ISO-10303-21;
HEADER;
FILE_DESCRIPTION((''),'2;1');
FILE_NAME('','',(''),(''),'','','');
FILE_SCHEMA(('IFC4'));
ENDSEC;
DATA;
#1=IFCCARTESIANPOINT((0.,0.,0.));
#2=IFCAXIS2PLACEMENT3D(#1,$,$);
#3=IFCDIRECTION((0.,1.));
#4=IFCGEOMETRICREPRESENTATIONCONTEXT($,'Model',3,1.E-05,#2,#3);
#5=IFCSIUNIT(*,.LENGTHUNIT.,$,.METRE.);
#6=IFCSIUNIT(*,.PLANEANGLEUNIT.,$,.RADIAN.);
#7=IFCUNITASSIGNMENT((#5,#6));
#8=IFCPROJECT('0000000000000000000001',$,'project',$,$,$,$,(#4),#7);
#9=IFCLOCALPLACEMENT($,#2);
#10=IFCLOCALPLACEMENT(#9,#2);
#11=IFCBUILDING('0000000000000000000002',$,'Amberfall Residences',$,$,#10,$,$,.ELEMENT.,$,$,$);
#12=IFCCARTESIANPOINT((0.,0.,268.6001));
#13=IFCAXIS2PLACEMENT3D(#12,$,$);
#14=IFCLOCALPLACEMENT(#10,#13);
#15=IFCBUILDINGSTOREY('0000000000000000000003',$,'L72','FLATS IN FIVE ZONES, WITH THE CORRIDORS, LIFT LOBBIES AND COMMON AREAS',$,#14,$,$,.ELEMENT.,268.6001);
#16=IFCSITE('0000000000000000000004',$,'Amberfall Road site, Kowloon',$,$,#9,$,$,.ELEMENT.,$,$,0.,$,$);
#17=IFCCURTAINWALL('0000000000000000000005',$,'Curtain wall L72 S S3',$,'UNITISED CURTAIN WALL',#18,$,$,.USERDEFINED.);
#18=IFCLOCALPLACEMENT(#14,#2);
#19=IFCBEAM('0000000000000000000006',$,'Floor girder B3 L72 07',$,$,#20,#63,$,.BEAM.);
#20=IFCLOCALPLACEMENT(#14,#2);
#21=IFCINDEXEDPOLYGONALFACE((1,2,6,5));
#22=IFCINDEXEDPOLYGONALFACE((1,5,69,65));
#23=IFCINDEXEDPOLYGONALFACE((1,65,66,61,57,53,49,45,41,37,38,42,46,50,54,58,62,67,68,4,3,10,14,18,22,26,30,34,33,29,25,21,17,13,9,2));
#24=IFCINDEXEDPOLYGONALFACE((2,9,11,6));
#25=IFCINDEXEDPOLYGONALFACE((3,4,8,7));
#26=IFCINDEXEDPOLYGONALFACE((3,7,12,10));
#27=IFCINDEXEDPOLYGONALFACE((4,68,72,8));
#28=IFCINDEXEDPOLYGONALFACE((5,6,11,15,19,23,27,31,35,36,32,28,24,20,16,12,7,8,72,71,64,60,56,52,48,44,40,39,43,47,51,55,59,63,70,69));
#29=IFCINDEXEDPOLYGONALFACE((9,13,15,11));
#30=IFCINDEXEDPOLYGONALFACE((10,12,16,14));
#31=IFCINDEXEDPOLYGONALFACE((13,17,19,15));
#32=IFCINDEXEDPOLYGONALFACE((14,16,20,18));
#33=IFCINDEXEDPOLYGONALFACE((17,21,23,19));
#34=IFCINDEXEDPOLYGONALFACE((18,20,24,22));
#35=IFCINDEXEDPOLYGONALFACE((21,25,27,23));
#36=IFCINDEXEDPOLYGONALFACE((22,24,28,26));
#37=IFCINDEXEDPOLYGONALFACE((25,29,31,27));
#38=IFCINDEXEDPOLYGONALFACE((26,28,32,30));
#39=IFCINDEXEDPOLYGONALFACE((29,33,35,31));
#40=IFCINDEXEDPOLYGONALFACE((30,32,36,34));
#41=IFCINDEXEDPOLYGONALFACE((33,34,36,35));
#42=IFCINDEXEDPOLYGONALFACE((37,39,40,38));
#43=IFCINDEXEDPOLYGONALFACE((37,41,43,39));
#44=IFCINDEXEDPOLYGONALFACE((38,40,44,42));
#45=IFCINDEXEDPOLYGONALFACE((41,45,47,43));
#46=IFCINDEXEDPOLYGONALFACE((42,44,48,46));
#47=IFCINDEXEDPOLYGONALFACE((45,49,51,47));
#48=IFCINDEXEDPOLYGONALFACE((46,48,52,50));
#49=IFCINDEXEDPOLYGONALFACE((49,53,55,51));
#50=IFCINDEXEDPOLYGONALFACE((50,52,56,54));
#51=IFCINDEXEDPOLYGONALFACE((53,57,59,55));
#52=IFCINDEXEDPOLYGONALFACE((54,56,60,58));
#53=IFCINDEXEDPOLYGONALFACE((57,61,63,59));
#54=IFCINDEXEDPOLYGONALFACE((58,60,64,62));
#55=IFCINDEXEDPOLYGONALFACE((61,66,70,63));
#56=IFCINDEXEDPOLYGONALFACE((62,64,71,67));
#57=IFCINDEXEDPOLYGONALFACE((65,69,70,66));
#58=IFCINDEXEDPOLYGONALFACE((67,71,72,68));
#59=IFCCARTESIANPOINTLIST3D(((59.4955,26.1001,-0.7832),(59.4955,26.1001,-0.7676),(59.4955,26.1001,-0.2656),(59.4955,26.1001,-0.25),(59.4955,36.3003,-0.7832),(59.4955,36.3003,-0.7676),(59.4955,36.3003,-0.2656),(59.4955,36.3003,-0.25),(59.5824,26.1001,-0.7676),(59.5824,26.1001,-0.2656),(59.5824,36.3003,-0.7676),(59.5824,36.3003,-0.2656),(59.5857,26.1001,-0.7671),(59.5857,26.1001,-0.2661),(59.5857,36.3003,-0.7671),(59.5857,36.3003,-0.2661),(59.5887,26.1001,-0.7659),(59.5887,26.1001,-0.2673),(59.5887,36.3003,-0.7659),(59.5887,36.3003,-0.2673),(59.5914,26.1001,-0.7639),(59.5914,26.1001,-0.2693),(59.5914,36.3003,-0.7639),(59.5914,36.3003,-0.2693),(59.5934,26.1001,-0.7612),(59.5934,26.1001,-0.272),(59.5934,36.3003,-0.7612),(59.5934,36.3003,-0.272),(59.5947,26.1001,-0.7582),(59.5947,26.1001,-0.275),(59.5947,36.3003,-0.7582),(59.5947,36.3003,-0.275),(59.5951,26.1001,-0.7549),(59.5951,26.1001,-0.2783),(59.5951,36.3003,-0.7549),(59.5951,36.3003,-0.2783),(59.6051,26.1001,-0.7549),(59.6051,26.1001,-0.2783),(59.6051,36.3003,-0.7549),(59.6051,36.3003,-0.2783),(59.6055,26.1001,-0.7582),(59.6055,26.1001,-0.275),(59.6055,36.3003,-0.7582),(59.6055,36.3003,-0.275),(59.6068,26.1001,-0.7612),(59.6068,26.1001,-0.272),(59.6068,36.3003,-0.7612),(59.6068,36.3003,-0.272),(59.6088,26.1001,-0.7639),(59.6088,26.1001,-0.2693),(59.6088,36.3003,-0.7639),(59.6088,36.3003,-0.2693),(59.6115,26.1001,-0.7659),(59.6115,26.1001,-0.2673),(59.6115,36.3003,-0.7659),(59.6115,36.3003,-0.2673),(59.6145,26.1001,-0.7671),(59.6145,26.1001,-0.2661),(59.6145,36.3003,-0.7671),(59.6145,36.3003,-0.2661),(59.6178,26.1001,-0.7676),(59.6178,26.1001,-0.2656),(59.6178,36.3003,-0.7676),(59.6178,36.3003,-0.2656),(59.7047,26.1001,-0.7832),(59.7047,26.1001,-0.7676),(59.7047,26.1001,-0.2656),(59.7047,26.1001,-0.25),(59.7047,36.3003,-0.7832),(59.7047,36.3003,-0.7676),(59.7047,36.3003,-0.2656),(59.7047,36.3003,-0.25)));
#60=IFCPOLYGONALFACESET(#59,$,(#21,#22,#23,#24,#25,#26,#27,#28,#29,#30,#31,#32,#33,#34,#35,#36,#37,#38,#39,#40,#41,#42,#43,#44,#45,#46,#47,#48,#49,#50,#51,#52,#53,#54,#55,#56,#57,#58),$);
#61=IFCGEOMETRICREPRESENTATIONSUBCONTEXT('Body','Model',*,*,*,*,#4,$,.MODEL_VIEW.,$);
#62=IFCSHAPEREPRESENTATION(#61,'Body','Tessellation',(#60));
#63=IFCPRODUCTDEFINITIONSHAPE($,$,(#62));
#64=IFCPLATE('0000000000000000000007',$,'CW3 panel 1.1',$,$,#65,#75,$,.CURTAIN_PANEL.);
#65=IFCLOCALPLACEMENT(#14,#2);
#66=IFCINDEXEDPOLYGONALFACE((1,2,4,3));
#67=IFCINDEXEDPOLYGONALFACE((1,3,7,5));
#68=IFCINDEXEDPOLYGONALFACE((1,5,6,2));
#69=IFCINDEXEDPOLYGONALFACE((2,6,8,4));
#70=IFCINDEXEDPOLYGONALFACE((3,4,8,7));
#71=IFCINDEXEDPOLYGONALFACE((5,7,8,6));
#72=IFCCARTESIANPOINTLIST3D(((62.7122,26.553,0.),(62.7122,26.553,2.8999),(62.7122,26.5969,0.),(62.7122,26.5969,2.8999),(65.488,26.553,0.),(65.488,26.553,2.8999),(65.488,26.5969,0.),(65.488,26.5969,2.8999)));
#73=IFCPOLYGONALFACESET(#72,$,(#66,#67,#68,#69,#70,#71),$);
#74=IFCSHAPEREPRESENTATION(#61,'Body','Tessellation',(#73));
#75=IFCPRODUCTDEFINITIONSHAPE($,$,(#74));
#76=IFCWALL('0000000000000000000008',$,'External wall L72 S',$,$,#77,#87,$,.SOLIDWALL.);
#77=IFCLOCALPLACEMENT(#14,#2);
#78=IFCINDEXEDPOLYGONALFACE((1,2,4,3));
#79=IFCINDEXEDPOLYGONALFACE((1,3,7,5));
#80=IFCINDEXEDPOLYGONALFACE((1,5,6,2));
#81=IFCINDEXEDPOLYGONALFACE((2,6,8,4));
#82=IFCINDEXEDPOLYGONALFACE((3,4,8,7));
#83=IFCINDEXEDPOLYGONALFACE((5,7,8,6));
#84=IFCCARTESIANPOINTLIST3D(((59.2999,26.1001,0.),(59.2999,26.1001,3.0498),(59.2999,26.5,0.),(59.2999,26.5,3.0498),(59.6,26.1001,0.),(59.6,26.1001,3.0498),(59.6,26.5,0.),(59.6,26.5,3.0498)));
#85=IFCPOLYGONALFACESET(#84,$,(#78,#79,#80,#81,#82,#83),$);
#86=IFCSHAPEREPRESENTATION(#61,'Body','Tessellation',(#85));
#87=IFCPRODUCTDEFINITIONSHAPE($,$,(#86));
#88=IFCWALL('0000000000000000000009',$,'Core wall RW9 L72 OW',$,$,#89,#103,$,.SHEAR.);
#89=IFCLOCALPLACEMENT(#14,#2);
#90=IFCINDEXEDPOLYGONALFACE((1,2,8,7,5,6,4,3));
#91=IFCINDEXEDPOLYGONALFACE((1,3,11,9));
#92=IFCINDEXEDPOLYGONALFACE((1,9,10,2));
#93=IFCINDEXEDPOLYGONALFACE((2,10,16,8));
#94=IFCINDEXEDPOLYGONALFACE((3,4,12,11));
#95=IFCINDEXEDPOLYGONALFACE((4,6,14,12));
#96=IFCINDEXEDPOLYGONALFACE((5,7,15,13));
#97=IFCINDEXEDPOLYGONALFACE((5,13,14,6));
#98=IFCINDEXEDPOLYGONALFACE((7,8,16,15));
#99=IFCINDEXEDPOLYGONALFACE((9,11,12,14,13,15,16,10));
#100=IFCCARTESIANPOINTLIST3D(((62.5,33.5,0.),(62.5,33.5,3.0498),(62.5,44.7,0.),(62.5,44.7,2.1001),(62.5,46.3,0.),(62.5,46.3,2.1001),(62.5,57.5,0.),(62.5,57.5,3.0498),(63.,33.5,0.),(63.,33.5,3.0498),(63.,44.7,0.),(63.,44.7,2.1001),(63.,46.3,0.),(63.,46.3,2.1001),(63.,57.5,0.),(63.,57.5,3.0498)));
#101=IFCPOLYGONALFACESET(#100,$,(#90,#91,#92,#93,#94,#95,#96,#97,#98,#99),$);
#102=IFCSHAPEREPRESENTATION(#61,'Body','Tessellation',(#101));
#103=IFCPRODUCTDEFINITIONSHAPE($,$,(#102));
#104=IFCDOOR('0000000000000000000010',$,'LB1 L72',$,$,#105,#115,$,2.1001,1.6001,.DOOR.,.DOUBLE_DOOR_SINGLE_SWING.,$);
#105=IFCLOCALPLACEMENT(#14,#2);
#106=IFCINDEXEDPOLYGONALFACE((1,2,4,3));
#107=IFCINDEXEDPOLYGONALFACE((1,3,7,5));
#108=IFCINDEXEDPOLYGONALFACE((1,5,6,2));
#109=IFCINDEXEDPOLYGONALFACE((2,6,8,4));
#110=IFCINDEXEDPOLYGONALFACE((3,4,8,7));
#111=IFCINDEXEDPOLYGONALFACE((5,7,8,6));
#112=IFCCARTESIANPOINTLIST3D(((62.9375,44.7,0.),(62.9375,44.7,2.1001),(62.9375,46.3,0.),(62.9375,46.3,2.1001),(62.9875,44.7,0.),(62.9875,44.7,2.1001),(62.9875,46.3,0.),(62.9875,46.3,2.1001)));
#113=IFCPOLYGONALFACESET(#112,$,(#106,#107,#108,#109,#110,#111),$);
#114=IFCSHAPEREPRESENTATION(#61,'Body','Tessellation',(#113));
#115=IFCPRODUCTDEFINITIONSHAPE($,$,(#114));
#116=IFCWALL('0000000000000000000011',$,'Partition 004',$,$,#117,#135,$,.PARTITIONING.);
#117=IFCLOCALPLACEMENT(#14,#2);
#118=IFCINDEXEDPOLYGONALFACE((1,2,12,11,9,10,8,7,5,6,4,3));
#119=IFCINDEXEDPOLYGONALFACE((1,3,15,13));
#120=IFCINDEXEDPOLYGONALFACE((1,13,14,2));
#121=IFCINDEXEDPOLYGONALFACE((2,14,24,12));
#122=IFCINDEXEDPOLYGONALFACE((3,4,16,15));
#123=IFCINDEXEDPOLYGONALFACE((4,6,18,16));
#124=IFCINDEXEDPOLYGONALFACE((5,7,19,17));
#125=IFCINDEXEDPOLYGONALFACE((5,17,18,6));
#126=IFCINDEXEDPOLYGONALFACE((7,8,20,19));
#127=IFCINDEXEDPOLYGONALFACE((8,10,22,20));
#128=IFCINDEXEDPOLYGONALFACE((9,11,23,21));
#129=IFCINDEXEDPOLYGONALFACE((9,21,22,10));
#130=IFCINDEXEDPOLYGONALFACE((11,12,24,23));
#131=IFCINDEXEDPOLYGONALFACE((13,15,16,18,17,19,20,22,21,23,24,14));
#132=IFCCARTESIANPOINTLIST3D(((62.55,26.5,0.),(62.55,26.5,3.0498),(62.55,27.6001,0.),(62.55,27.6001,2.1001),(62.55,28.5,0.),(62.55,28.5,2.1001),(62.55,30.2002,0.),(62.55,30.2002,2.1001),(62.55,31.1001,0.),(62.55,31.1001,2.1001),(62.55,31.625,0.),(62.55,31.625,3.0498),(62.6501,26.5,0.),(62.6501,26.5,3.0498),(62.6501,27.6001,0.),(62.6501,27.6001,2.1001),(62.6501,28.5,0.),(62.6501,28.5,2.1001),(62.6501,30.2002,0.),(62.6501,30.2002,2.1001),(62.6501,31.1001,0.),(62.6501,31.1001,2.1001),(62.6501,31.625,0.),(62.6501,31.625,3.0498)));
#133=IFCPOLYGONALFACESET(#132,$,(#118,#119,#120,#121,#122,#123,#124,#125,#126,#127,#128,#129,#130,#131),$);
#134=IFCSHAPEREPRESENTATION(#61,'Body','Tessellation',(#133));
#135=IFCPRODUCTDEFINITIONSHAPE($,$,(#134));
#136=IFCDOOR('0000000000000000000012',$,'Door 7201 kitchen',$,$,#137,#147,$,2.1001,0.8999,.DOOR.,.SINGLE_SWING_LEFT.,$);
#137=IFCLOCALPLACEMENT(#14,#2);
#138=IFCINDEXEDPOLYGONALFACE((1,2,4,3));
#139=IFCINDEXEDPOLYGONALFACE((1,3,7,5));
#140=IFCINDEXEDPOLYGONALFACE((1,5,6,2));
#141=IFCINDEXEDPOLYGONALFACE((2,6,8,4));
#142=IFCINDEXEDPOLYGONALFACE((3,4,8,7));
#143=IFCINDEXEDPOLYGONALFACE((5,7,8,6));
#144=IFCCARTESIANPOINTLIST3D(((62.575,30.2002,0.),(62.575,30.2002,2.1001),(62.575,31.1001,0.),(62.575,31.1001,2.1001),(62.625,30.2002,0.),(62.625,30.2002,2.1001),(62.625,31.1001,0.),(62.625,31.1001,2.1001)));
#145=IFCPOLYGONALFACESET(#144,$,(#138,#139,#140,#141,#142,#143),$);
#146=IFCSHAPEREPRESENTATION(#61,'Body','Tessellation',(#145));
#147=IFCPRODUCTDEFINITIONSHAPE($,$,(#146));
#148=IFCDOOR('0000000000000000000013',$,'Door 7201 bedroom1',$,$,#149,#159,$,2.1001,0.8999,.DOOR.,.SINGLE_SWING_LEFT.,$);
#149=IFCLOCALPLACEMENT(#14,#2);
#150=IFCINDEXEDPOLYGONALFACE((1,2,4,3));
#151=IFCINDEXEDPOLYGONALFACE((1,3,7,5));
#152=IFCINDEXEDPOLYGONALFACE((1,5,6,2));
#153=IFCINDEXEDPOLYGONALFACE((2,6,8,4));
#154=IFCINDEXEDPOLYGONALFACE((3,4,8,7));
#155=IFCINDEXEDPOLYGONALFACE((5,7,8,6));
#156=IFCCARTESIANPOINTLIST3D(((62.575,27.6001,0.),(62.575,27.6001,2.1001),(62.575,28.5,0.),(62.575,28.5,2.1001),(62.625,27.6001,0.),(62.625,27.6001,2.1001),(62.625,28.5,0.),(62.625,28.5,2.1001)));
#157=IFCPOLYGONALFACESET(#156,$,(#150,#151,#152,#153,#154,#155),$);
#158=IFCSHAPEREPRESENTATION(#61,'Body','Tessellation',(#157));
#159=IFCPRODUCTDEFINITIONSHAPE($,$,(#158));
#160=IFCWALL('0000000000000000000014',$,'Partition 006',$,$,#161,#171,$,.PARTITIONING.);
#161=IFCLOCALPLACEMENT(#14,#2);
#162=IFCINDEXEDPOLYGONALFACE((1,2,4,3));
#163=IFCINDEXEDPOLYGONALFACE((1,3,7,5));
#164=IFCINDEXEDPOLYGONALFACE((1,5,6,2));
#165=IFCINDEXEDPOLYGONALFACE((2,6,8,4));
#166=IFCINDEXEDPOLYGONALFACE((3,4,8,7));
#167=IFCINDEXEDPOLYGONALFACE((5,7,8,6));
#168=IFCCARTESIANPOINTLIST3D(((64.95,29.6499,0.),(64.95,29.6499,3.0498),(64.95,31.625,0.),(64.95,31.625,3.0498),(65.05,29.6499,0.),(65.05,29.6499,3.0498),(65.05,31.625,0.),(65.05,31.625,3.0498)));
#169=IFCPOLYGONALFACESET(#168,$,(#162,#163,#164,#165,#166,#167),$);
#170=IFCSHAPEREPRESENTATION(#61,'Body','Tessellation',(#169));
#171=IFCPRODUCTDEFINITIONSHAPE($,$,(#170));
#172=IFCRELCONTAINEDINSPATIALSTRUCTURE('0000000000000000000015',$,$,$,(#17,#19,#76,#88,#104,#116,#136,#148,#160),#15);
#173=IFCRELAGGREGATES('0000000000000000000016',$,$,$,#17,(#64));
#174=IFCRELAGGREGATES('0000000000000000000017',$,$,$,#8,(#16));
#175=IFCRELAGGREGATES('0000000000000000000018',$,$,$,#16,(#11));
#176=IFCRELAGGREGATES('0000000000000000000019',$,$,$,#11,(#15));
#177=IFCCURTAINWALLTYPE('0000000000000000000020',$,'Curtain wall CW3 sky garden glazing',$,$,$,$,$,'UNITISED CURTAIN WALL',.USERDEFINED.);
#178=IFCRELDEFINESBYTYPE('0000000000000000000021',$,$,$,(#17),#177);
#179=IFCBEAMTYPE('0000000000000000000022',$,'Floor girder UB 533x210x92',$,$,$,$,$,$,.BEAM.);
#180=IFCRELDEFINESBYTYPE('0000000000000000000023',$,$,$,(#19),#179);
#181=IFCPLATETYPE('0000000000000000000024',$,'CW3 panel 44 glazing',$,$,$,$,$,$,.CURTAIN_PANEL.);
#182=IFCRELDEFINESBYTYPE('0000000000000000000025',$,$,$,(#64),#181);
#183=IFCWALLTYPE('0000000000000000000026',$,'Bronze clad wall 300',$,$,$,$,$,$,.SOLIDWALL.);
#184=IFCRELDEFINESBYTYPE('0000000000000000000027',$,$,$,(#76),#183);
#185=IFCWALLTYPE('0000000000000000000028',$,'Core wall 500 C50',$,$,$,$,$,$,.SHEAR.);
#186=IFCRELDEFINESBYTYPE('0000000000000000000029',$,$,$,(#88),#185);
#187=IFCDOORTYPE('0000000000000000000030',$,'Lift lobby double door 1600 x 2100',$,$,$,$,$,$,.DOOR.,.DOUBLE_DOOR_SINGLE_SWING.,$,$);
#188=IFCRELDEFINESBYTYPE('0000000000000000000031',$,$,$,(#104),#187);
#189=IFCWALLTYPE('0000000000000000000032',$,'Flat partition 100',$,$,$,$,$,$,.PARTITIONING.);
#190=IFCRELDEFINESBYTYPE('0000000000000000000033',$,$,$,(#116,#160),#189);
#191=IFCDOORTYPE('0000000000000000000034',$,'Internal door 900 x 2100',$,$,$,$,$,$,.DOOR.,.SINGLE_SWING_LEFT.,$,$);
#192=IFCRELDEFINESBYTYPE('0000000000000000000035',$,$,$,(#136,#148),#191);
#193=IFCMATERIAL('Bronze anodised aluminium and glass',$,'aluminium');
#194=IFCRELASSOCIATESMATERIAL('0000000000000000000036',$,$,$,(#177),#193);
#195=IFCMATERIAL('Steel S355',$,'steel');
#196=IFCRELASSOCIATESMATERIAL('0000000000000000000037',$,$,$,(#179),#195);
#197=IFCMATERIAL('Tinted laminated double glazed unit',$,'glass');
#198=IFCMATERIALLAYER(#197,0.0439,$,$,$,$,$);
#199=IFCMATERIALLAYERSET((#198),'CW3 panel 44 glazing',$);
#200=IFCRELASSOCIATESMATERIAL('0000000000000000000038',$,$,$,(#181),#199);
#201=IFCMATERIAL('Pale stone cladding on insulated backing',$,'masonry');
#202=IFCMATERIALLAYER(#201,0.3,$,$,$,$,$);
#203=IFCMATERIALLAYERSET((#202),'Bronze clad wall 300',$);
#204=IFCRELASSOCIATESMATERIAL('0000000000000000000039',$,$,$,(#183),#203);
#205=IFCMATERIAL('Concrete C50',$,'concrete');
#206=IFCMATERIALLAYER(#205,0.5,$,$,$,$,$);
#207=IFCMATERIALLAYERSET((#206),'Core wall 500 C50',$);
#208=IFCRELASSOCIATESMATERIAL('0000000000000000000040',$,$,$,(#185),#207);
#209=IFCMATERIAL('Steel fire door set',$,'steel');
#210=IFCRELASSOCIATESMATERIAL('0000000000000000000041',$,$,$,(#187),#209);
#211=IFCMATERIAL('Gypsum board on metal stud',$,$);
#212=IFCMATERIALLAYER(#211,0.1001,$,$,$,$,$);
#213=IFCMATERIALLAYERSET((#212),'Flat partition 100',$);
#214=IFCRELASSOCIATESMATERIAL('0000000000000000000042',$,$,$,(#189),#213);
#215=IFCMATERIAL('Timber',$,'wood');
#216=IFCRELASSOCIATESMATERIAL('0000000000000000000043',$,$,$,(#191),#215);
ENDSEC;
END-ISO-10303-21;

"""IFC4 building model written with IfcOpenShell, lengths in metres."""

from ifc_helpers import new_model, si_unit, direction, frame, frame_2d, origin, origin_2d, place, context, subcontext, project, spatial, rectangle, i_section, extrude, material, layer, layer_set, material_profile, profile_set, type_object, element, fill, aggregate, save


model = new_model("IFC4")

# Units and contexts
model_context = context("Model", 3, precision=1e-05, world=origin(), true_north=direction((0.0, 1.0)))
body_context = subcontext(model_context, "Body", "Model", "MODEL_VIEW")
ifc_project = project(units=[si_unit("LENGTHUNIT", "METRE"), si_unit("PLANEANGLEUNIT", "RADIAN")], contexts=[model_context])

# Site, building, storey
site_placement = place(None, origin())
site = spatial("IfcSite", under=ifc_project, at=site_placement, Name="Amberfall Road site, Kowloon", CompositionType="ELEMENT", RefElevation=0.0)
building_placement = place(site_placement, origin())
building = spatial("IfcBuilding", under=site, at=building_placement, Name="Amberfall Residences", CompositionType="ELEMENT")
storey_placement = place(building_placement, frame((0.0, 0.0, 268.6001)))
storey = spatial("IfcBuildingStorey", under=building, at=storey_placement, Name="L72", Description="FLATS IN FIVE ZONES, WITH THE CORRIDORS, LIFT LOBBIES AND COMMON AREAS", CompositionType="ELEMENT", Elevation=268.6001)

# Shared definitions
ifc_material_1 = material(Name="Concrete C50", Category="concrete")

# Curtain wall
ifc_material_2 = material(Name="Bronze anodised aluminium and glass", Category="aluminium")
curtain_wall_type_1 = type_object("IfcCurtainWallType", Name="Curtain wall CW3 sky garden glazing", ElementType="UNITISED CURTAIN WALL", PredefinedType="USERDEFINED", material=ifc_material_2)
curtain_wall_1_placement = place(storey_placement, origin())
curtain_wall_1 = element("IfcCurtainWall", 1, at=curtain_wall_1_placement, inside=storey, type_object=curtain_wall_type_1, Name="Curtain wall L72 S S3", ObjectType="UNITISED CURTAIN WALL", PredefinedType="USERDEFINED")

# Shared definitions
ifc_material_3 = material(Name="Steel S355", Category="steel")

# Beam
ifc_material_profile_1 = material_profile(ifc_material_3, i_section(OverallWidth=0.2092, OverallDepth=0.5332, WebThickness=0.01, FlangeThickness=0.0156, FilletRadius=0.0127, at=origin_2d()), Name="UB 533x210x92")
ifc_profile_set_1 = profile_set([ifc_material_profile_1], Name="Steel S355")
beam_type_1 = type_object("IfcBeamType", Name="Floor girder UB 533x210x92", PredefinedType="BEAM", material=ifc_profile_set_1)
beam_1_placement = place(storey_placement, frame((59.6001, 26.1001, -0.5166), z_axis=(0.0, 1.0, 0.0), x_axis=(-1.0, 0.0, 0.0)))
element("IfcBeam", 2, at=beam_1_placement, inside=storey, type_object=beam_type_1, Name="Floor girder B3 L72 07", PredefinedType="BEAM", context=body_context, shape_type="SweptSolid", body=[
    extrude(i_section(OverallWidth=0.2092, OverallDepth=0.5332, WebThickness=0.01, FlangeThickness=0.0156, FilletRadius=0.0127, at=origin_2d()), origin(), (0.0, 0.0, 1.0), 10.2002),
])

# Plate
ifc_material_4 = material(Name="Tinted laminated double glazed unit", Category="glass")
ifc_layer_1 = layer(ifc_material_4, 0.0439)
ifc_layer_set_1 = layer_set([ifc_layer_1], Name="CW3 panel 44 glazing")
plate_type = type_object("IfcPlateType", Name="CW3 panel 44 glazing", PredefinedType="CURTAIN_PANEL", material=ifc_layer_set_1)
plate_placement = place(storey_placement, frame((64.1001, 26.575, 0.0), z_axis=(0.0, 0.0, 1.0), x_axis=(1.0, 0.0, 0.0)))
plate = element("IfcPlate", 3, at=plate_placement, type_object=plate_type, Name="CW3 panel 1.1", PredefinedType="CURTAIN_PANEL", context=body_context, shape_type="SweptSolid", body=[
    extrude(rectangle(XDim=2.7759, YDim=0.0439, at=origin_2d()), origin(), (0.0, 0.0, 1.0), 2.8999),
])
aggregate(curtain_wall_1, [plate])

# Wall
ifc_material_5 = material(Name="Pale stone cladding on insulated backing", Category="masonry")
ifc_layer_2 = layer(ifc_material_5, 0.3)
ifc_layer_set_2 = layer_set([ifc_layer_2], Name="Bronze clad wall 300")
wall_type_1 = type_object("IfcWallType", Name="Bronze clad wall 300", PredefinedType="SOLIDWALL", material=ifc_layer_set_2)
wall_1_placement = place(storey_placement, frame((59.45, 26.1001, 0.0), z_axis=(0.0, 0.0, 1.0), x_axis=(0.0, 1.0, 0.0)))
element("IfcWall", 4, at=wall_1_placement, inside=storey, type_object=wall_type_1, Name="External wall L72 S", PredefinedType="SOLIDWALL", context=body_context, shape_type="SweptSolid", body=[
    extrude(rectangle(XDim=0.3999, YDim=0.3, at=frame_2d((0.2, 0.0))), origin(), (0.0, 0.0, 1.0), 3.0498),
])

# Wall, opening, door
ifc_layer_3 = layer(ifc_material_1, 0.5)
ifc_layer_set_3 = layer_set([ifc_layer_3], Name="Core wall 500 C50")
wall_type_2 = type_object("IfcWallType", Name="Core wall 500 C50", PredefinedType="SHEAR", material=ifc_layer_set_3)
wall_2_placement = place(storey_placement, frame((62.75, 33.5, 0.0), z_axis=(0.0, 0.0, 1.0), x_axis=(0.0, 1.0, 0.0)))
wall_2 = element("IfcWall", 5, at=wall_2_placement, inside=storey, type_object=wall_type_2, Name="Core wall RW9 L72 OW", PredefinedType="SHEAR", context=body_context, shape_type="SweptSolid", body=[
    extrude(rectangle(XDim=24.0, YDim=0.5, at=frame_2d((12.0, 0.0))), origin(), (0.0, 0.0, 1.0), 3.0498),
])
opening_1_placement = place(wall_2_placement, frame((11.2, 0.0, 0.0)))
opening_1 = element("IfcOpeningElement", 6, at=opening_1_placement, cuts=wall_2, PredefinedType="OPENING", context=body_context, shape_type="SweptSolid", body=[
    extrude(rectangle(XDim=1.6001, YDim=2.1001, at=frame_2d((0.8, 1.05))), frame((0.0, 0.26, 0.0), z_axis=(0.0, -1.0, 0.0), x_axis=(1.0, 0.0, 0.0)), (0.0, 0.0, 1.0), 0.52),
])
ifc_material_6 = material(Name="Steel fire door set", Category="steel")
door_type_1 = type_object("IfcDoorType", Name="Lift lobby double door 1600 x 2100", OperationType="DOUBLE_DOOR_SINGLE_SWING", PredefinedType="DOOR", material=ifc_material_6)
door_1_placement = place(opening_1_placement, origin())
door_1 = element("IfcDoor", 7, at=door_1_placement, inside=storey, type_object=door_type_1, Name="LB1 L72", OperationType="DOUBLE_DOOR_SINGLE_SWING", OverallHeight=2.1001, OverallWidth=1.6001, PredefinedType="DOOR", context=body_context, shape_type="SweptSolid", body=[
    extrude(rectangle(XDim=1.6001, YDim=2.1001, at=frame_2d((0.8, 1.05))), frame((0.0, -0.1875, 0.0), z_axis=(0.0, -1.0, 0.0), x_axis=(1.0, 0.0, 0.0)), (0.0, 0.0, 1.0), 0.05),
])
fill(opening_1, door_1)

# Wall, openings, doors
ifc_material_7 = material(Name="Gypsum board on metal stud")
ifc_layer_4 = layer(ifc_material_7, 0.1001)
ifc_layer_set_4 = layer_set([ifc_layer_4], Name="Flat partition 100")
wall_type_3 = type_object("IfcWallType", Name="Flat partition 100", PredefinedType="PARTITIONING", material=ifc_layer_set_4)
wall_3_placement = place(storey_placement, frame((62.6001, 31.625, 0.0), z_axis=(0.0, 0.0, 1.0), x_axis=(0.0, -1.0, 0.0)))
wall_3 = element("IfcWall", 8, at=wall_3_placement, inside=storey, type_object=wall_type_3, Name="Partition 004", PredefinedType="PARTITIONING", context=body_context, shape_type="SweptSolid", body=[
    extrude(rectangle(XDim=5.125, YDim=0.1001, at=frame_2d((2.5625, 0.0))), origin(), (0.0, 0.0, 1.0), 3.0498),
])
opening_2_placement = place(wall_3_placement, frame((0.5249, 0.0, 0.0)))
opening_2 = element("IfcOpeningElement", 9, at=opening_2_placement, cuts=wall_3, PredefinedType="OPENING", context=body_context, shape_type="SweptSolid", body=[
    extrude(rectangle(XDim=0.8999, YDim=2.1001, at=frame_2d((0.45, 1.05))), frame((0.0, 0.0601, 0.0), z_axis=(0.0, -1.0, 0.0), x_axis=(1.0, 0.0, 0.0)), (0.0, 0.0, 1.0), 0.1201),
])
opening_3_placement = place(wall_3_placement, frame((3.125, 0.0, 0.0)))
opening_3 = element("IfcOpeningElement", 10, at=opening_3_placement, cuts=wall_3, PredefinedType="OPENING", context=body_context, shape_type="SweptSolid", body=[
    extrude(rectangle(XDim=0.8999, YDim=2.1001, at=frame_2d((0.45, 1.05))), frame((0.0, 0.0601, 0.0), z_axis=(0.0, -1.0, 0.0), x_axis=(1.0, 0.0, 0.0)), (0.0, 0.0, 1.0), 0.1201),
])
ifc_material_8 = material(Name="Timber", Category="wood")
door_type_2 = type_object("IfcDoorType", Name="Internal door 900 x 2100", OperationType="SINGLE_SWING_LEFT", PredefinedType="DOOR", material=ifc_material_8)
door_2_placement = place(opening_2_placement, origin())
door_2 = element("IfcDoor", 11, at=door_2_placement, inside=storey, type_object=door_type_2, Name="Door 7201 kitchen", OperationType="SINGLE_SWING_LEFT", OverallHeight=2.1001, OverallWidth=0.8999, PredefinedType="DOOR", context=body_context, shape_type="SweptSolid", body=[
    extrude(rectangle(XDim=0.8999, YDim=2.1001, at=frame_2d((0.45, 1.05))), frame((0.0, 0.0249, 0.0), z_axis=(0.0, -1.0, 0.0), x_axis=(1.0, 0.0, 0.0)), (0.0, 0.0, 1.0), 0.05),
])
fill(opening_2, door_2)
door_3_placement = place(opening_3_placement, origin())
door_3 = element("IfcDoor", 12, at=door_3_placement, inside=storey, type_object=door_type_2, Name="Door 7201 bedroom1", OperationType="SINGLE_SWING_LEFT", OverallHeight=2.1001, OverallWidth=0.8999, PredefinedType="DOOR", context=body_context, shape_type="SweptSolid", body=[
    extrude(rectangle(XDim=0.8999, YDim=2.1001, at=frame_2d((0.45, 1.05))), frame((0.0, 0.0249, 0.0), z_axis=(0.0, -1.0, 0.0), x_axis=(1.0, 0.0, 0.0)), (0.0, 0.0, 1.0), 0.05),
])
fill(opening_3, door_3)

# Wall
wall_4_placement = place(storey_placement, frame((65.0, 29.6499, 0.0), z_axis=(0.0, 0.0, 1.0), x_axis=(0.0, 1.0, 0.0)))
element("IfcWall", 13, at=wall_4_placement, inside=storey, type_object=wall_type_3, Name="Partition 006", PredefinedType="PARTITIONING", context=body_context, shape_type="SweptSolid", body=[
    extrude(rectangle(XDim=1.9751, YDim=0.1001, at=frame_2d((0.9875, 0.0))), origin(), (0.0, 0.0, 1.0), 3.0498),
])

save(model, "model.ifc")
